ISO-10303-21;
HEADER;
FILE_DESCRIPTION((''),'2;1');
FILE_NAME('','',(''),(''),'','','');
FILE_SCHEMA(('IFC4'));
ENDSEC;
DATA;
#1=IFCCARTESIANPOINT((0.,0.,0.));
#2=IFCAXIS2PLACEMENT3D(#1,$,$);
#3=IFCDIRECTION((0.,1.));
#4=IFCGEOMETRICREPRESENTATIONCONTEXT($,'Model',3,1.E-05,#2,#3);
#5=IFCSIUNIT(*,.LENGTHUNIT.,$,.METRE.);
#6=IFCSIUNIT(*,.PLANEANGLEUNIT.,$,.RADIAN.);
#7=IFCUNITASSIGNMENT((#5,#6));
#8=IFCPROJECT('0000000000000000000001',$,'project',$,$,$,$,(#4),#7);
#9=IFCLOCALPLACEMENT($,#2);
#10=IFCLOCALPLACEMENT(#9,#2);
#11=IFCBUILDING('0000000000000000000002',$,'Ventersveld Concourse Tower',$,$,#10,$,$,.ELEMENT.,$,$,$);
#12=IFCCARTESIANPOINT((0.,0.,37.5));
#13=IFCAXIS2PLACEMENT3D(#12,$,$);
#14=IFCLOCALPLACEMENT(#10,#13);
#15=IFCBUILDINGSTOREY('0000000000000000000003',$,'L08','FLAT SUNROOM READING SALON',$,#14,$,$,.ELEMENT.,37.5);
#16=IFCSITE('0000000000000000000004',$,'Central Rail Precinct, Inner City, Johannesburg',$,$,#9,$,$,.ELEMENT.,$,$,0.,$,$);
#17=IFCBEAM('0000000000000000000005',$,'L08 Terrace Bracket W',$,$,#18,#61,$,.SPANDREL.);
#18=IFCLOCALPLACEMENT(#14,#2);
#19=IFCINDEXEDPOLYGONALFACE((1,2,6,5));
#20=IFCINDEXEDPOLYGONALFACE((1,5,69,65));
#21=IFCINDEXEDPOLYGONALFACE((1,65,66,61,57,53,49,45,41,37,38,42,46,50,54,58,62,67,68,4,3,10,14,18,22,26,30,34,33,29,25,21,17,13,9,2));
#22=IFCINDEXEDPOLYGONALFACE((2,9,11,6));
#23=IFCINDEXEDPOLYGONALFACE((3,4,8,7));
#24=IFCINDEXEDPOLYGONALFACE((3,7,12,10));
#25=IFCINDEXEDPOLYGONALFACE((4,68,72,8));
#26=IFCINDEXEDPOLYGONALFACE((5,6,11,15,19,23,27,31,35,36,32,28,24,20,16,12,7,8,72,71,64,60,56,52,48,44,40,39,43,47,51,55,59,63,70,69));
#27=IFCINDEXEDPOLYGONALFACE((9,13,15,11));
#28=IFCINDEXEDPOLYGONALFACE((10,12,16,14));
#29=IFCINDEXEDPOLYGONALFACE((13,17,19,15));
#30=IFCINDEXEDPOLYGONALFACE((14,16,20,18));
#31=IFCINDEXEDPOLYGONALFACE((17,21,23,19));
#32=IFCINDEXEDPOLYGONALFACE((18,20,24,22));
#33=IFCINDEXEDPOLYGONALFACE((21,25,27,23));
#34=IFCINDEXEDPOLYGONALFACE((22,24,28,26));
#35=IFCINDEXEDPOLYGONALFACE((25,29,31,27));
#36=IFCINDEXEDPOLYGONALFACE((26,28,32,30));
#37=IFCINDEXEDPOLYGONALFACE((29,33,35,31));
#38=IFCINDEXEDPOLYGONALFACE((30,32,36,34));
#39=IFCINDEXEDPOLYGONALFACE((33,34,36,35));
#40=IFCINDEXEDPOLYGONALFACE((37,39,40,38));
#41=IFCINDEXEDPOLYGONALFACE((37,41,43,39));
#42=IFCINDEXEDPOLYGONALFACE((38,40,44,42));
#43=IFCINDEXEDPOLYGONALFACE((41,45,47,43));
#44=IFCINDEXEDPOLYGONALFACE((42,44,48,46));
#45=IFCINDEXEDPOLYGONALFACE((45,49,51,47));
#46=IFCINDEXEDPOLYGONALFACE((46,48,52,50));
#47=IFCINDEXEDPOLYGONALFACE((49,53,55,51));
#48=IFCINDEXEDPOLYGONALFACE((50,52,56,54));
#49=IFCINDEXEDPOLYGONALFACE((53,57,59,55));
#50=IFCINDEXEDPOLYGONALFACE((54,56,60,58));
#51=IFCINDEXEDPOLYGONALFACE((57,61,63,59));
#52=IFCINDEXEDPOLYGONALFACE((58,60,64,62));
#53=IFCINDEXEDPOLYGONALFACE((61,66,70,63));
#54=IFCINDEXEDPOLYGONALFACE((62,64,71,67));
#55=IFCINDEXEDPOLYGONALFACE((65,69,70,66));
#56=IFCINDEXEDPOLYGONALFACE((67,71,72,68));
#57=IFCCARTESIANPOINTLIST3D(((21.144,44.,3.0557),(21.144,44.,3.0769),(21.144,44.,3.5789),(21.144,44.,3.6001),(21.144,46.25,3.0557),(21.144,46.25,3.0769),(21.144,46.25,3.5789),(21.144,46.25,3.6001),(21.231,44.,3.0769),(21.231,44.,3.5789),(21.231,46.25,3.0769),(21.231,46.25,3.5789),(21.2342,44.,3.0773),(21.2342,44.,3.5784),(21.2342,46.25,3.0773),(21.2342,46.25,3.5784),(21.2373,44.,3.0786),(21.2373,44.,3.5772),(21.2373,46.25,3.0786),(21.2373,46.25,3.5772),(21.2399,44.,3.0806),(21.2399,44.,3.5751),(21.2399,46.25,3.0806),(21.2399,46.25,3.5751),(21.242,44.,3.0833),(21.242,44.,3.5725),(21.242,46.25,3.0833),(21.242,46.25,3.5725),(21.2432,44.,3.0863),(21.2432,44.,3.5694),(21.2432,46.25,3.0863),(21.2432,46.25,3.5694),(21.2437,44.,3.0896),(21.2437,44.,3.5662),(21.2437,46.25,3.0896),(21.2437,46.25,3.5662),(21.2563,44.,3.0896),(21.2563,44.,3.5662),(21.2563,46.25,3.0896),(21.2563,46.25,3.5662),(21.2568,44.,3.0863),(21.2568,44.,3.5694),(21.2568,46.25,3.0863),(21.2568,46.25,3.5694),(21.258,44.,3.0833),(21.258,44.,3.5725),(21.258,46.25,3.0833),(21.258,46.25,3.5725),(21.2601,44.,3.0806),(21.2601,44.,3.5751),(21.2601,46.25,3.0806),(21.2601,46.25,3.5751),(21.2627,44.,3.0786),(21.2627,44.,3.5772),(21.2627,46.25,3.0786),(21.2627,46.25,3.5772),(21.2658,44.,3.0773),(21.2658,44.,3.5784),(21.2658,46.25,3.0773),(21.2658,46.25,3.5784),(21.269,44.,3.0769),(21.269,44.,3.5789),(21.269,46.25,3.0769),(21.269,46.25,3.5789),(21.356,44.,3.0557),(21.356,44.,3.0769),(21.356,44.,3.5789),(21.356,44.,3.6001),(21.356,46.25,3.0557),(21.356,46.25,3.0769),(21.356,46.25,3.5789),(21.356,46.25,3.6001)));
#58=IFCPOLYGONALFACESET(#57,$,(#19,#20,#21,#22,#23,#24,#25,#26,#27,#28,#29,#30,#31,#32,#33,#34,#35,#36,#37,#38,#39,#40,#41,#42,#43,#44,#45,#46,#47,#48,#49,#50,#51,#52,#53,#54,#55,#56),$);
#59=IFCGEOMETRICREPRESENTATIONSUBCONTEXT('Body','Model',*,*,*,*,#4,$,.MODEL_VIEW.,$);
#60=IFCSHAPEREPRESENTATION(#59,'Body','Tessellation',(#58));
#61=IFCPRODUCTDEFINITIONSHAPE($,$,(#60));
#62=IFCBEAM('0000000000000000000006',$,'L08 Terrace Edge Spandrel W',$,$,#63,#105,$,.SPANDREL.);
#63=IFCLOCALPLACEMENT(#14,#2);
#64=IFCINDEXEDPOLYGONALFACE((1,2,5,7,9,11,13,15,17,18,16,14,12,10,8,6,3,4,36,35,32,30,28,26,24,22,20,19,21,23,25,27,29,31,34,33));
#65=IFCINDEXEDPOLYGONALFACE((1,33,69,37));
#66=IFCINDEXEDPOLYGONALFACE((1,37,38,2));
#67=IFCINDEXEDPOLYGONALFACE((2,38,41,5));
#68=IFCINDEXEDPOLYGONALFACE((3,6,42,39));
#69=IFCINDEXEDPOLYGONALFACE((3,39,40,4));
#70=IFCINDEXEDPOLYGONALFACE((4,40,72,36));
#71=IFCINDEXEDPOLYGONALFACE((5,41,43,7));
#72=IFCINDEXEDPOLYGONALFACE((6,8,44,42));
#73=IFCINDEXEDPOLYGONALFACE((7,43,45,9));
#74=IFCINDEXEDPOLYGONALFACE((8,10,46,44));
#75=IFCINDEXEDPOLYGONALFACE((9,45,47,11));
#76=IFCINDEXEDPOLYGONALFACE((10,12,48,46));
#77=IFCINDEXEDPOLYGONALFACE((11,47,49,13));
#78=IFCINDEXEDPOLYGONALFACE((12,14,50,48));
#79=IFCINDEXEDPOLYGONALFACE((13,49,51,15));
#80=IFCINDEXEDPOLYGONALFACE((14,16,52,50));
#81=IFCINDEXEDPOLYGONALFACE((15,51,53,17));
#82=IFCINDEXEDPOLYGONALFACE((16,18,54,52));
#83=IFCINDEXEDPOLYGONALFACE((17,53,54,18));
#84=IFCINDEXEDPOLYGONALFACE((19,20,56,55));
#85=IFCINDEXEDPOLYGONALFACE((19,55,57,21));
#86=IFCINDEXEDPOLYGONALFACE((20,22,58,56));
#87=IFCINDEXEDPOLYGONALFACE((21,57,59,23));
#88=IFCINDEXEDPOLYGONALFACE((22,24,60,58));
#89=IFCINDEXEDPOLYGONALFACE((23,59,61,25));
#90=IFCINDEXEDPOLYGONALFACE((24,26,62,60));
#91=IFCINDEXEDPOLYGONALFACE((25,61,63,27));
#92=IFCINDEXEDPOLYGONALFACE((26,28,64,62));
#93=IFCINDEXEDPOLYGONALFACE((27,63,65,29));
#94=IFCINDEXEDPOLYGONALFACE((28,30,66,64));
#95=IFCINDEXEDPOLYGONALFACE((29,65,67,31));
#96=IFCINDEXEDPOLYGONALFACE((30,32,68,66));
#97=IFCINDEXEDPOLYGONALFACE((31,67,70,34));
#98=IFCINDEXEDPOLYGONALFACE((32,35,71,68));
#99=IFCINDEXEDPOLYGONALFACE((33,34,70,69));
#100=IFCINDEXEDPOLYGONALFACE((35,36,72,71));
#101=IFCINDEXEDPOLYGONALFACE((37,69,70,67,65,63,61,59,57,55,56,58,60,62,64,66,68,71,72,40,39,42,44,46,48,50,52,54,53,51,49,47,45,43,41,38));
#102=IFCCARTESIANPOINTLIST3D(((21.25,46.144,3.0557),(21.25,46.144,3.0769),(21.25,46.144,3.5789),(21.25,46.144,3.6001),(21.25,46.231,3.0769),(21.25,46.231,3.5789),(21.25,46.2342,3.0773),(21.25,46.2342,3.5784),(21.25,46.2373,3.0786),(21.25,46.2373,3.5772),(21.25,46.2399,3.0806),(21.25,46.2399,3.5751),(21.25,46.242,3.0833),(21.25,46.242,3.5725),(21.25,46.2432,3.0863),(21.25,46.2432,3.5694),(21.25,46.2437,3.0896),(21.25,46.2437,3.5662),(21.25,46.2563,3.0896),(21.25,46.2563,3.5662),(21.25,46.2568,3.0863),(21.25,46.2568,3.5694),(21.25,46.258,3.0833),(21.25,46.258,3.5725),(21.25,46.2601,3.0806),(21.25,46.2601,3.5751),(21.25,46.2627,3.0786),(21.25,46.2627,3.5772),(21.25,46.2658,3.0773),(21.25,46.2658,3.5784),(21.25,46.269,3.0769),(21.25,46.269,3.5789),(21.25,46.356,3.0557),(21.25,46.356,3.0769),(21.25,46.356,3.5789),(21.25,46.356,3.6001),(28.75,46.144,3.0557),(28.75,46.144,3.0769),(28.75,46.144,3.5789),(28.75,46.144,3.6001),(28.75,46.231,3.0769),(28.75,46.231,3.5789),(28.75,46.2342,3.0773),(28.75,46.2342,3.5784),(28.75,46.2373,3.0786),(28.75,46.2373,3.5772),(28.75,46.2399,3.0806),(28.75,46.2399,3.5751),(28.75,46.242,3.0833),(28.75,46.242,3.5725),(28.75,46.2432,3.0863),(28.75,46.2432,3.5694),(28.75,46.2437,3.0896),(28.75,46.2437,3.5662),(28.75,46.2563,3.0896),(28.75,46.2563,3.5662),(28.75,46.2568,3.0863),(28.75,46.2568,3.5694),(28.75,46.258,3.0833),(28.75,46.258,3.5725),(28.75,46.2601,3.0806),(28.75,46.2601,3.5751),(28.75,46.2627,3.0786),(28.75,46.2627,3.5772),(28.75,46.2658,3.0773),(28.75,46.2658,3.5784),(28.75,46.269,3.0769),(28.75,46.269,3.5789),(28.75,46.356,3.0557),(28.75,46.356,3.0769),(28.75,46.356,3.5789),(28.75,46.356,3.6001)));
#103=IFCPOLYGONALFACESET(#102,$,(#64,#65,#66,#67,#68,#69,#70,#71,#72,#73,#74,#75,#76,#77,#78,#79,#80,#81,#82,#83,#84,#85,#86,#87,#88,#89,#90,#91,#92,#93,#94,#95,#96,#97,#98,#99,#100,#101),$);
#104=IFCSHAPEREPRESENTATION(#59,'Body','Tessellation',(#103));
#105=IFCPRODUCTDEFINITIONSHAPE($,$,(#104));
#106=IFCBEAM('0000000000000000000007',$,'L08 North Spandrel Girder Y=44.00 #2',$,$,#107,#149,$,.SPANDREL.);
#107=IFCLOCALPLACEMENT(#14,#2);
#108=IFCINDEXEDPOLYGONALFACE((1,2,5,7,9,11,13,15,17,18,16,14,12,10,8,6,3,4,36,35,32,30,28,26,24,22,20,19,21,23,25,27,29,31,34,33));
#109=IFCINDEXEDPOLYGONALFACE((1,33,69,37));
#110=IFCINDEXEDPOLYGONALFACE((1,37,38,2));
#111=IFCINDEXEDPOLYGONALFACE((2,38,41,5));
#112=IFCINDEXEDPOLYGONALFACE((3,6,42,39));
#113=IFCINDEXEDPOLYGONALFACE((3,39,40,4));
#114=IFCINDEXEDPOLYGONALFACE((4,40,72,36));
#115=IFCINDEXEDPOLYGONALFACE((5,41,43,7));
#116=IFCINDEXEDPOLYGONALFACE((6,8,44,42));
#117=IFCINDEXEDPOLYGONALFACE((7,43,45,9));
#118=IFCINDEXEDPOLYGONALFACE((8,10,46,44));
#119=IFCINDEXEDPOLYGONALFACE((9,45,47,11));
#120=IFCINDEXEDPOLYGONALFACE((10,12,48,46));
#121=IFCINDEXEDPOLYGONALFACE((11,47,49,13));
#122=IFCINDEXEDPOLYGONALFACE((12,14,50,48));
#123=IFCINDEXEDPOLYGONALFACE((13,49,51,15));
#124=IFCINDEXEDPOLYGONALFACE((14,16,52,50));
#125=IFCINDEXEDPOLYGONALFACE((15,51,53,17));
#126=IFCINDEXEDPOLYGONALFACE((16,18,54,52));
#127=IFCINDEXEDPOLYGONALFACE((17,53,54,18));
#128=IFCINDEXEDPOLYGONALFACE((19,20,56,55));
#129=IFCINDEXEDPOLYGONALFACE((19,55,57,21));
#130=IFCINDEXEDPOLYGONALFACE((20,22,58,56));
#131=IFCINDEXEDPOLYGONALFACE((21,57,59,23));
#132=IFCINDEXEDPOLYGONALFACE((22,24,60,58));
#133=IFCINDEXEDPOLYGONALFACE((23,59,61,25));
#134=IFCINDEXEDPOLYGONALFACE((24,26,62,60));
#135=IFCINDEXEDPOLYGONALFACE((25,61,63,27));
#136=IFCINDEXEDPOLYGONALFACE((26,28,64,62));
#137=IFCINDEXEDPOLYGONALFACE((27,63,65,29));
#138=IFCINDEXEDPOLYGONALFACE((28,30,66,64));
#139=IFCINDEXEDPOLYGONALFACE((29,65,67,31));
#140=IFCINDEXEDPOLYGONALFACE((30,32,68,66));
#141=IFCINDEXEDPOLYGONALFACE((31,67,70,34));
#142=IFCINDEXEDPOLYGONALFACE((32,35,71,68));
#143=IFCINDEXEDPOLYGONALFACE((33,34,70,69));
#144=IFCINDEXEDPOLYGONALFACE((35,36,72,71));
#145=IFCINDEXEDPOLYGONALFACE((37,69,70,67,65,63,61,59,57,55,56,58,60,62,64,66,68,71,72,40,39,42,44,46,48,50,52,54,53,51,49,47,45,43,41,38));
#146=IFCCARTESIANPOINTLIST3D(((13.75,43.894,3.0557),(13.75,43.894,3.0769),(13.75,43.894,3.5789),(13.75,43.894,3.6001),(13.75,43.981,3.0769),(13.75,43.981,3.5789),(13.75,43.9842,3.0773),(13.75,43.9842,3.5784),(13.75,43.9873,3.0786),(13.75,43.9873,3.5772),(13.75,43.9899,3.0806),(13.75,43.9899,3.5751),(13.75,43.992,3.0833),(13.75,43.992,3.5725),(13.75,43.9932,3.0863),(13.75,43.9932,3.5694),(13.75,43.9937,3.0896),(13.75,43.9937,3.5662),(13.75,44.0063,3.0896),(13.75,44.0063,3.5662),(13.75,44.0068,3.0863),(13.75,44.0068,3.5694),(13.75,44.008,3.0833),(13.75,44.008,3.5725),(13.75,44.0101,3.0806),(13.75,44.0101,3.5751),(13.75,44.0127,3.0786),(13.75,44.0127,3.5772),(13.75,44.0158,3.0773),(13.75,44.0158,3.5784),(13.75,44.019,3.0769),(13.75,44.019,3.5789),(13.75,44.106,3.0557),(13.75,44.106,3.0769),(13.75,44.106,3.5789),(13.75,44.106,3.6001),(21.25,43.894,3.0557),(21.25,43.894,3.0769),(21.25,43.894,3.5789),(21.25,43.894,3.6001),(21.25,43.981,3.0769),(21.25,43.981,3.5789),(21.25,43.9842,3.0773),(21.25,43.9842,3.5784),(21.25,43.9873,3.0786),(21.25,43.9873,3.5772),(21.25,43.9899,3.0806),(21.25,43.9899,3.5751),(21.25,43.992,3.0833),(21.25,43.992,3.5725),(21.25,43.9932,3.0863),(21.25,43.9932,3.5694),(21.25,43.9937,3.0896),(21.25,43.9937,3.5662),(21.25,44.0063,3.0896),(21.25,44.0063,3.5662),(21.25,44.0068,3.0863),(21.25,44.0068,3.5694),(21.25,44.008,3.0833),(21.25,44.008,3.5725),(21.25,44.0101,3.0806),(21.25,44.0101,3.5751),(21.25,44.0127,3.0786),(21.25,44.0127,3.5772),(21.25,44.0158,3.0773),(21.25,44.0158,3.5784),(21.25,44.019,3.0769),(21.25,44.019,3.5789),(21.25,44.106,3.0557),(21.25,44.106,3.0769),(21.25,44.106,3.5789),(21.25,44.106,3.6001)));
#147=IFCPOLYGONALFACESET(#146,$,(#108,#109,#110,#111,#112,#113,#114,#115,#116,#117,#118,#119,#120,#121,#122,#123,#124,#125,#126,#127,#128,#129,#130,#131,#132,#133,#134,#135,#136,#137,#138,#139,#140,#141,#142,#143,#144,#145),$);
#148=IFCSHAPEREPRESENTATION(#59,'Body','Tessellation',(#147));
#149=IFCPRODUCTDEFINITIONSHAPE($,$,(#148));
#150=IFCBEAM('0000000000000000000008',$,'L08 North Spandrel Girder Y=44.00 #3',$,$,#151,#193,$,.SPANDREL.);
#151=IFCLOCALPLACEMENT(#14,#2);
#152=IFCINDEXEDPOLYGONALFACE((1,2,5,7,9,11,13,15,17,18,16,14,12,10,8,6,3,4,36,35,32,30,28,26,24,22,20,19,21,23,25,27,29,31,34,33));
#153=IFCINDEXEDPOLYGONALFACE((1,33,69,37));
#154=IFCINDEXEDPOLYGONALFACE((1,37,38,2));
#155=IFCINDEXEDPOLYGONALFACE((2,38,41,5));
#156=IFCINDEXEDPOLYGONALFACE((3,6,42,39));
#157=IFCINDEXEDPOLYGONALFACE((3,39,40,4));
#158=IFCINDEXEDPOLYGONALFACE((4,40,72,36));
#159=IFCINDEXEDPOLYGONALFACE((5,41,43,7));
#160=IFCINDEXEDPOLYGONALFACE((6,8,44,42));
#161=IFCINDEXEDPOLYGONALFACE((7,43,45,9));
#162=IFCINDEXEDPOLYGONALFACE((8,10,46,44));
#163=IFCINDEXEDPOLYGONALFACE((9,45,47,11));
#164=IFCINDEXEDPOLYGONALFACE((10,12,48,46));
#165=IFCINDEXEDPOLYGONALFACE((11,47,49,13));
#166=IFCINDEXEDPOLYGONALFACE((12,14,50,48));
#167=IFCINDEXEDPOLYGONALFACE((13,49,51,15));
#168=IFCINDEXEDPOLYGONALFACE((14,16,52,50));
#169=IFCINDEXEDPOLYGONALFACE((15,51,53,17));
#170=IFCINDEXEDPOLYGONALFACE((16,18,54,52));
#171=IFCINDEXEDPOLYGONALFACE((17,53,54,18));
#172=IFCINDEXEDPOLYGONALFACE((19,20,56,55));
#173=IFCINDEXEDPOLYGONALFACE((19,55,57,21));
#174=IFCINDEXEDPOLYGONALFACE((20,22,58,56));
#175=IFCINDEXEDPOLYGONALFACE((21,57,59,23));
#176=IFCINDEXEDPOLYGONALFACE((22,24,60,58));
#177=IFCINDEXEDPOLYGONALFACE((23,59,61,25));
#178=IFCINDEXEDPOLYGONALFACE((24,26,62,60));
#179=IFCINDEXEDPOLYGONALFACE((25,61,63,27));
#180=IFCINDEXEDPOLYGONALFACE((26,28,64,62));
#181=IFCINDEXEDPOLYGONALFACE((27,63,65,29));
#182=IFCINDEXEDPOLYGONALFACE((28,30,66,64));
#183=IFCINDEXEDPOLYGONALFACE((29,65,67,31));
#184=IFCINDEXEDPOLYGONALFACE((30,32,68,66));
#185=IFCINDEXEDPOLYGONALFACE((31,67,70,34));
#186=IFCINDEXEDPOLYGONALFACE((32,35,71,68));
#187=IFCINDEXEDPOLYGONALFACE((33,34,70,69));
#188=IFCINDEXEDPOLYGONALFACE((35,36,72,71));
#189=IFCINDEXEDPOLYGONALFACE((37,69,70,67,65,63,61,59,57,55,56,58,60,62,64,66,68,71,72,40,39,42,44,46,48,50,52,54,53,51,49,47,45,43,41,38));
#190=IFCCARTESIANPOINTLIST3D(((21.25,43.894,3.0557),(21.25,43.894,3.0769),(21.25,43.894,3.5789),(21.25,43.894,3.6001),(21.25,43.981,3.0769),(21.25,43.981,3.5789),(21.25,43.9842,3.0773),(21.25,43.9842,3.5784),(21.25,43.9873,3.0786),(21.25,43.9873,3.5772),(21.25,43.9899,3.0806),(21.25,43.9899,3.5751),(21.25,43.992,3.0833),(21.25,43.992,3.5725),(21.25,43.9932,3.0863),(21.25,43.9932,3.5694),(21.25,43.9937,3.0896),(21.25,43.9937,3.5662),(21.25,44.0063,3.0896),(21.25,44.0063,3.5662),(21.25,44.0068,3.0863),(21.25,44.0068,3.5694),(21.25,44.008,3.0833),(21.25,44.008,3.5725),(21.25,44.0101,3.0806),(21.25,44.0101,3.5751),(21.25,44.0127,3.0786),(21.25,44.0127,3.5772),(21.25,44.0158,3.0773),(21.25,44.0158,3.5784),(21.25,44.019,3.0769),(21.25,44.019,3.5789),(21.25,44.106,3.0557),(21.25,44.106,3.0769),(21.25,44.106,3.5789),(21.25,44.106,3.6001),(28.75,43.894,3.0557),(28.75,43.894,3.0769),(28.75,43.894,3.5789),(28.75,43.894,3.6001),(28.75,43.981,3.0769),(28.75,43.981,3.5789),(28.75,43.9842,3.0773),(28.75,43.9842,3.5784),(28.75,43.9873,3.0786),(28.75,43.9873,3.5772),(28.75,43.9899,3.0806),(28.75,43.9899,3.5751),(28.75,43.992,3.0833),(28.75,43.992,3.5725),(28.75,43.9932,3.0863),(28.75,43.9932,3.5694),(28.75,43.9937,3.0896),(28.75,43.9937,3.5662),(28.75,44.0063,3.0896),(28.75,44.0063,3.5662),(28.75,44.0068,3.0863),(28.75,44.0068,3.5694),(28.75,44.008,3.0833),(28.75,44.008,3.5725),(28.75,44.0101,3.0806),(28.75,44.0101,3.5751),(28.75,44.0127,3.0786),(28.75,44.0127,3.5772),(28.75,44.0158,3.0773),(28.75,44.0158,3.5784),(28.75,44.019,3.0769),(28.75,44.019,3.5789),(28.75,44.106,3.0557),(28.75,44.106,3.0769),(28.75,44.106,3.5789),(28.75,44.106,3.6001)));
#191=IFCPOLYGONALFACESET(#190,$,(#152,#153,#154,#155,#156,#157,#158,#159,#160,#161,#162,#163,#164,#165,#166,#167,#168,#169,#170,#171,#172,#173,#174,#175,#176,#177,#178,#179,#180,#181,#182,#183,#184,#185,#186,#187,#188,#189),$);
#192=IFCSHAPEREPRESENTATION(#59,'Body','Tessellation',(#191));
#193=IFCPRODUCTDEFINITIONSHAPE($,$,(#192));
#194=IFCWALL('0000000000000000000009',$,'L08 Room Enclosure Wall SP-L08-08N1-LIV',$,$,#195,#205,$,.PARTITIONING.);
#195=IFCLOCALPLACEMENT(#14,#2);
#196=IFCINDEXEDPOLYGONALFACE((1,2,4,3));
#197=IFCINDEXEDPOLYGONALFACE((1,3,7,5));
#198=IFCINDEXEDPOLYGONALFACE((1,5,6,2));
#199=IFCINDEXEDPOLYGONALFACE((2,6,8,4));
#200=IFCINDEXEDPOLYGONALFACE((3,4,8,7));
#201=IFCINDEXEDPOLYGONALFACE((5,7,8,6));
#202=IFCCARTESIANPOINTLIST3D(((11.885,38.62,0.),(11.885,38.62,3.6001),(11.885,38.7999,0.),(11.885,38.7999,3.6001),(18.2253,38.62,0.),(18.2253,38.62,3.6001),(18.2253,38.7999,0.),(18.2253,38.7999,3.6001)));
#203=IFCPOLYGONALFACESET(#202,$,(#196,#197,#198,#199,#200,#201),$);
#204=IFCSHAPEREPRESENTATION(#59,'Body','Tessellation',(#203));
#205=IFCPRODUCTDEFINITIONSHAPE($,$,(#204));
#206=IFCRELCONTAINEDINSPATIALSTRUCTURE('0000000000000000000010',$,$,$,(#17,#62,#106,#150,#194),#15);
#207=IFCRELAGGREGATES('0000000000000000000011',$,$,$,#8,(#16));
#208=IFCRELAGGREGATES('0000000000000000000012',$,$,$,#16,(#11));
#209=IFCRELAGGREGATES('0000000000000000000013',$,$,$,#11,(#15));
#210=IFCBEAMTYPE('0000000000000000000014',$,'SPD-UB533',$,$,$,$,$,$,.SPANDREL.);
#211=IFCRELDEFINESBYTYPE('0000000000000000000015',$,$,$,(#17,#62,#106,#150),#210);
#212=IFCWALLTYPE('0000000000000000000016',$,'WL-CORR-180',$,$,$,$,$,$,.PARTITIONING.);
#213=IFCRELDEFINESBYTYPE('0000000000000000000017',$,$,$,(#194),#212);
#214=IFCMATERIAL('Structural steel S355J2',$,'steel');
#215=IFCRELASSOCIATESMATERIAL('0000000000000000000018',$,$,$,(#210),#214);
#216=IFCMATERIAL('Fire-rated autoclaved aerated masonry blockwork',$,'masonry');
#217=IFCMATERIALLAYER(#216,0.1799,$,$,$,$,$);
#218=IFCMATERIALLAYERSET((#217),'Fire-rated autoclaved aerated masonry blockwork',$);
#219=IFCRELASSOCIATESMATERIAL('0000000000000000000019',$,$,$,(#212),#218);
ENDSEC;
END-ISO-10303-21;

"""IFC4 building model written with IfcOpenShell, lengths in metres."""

from ifc_helpers import new_model, si_unit, direction, frame, frame_2d, origin, origin_2d, place, context, subcontext, project, spatial, rectangle, i_section, extrude, material, layer, layer_set, material_profile, profile_set, type_object, element, save


model = new_model("IFC4")

# Units and contexts
model_context = context("Model", 3, precision=1e-05, world=origin(), true_north=direction((0.0, 1.0)))
body_context = subcontext(model_context, "Body", "Model", "MODEL_VIEW")
ifc_project = project(units=[si_unit("LENGTHUNIT", "METRE"), si_unit("PLANEANGLEUNIT", "RADIAN")], contexts=[model_context])

# Site, building, storey
site_placement = place(None, origin())
site = spatial("IfcSite", under=ifc_project, at=site_placement, Name="Central Rail Precinct, Inner City, Johannesburg", CompositionType="ELEMENT", RefElevation=0.0)
building_placement = place(site_placement, origin())
building = spatial("IfcBuilding", under=site, at=building_placement, Name="Ventersveld Concourse Tower", CompositionType="ELEMENT")
storey_placement = place(building_placement, frame((0.0, 0.0, 37.5)))
storey = spatial("IfcBuildingStorey", under=building, at=storey_placement, Name="L08", Description="FLAT SUNROOM READING SALON", CompositionType="ELEMENT", Elevation=37.5)

# Shared definitions
ifc_material_1 = material(Name="Structural steel S355J2", Category="steel")

# Beams
ifc_material_profile_1 = material_profile(ifc_material_1, i_section(OverallWidth=0.2119, OverallDepth=0.5444, WebThickness=0.0127, FlangeThickness=0.0212, FilletRadius=0.0127, at=origin_2d()), Name="UB 533x210x122")
ifc_profile_set_1 = profile_set([ifc_material_profile_1], Name="Structural steel S355J2")
beam_type_1 = type_object("IfcBeamType", Name="SPD-UB533", PredefinedType="SPANDREL", material=ifc_profile_set_1)
beam_1_placement = place(storey_placement, frame((21.25, 44.0, 3.3279), z_axis=(0.0, 1.0, 0.0), x_axis=(-1.0, 0.0, 0.0)))
element("IfcBeam", 1, at=beam_1_placement, inside=storey, type_object=beam_type_1, Name="L08 Terrace Bracket W", PredefinedType="SPANDREL", context=body_context, shape_type="SweptSolid", body=[
    extrude(i_section(OverallWidth=0.2119, OverallDepth=0.5444, WebThickness=0.0127, FlangeThickness=0.0212, FilletRadius=0.0127, at=origin_2d()), origin(), (0.0, 0.0, 1.0), 2.25),
])
for number, where, z_axis, x_axis, name in (
    (2, (21.25, 46.25, 3.3279), (1.0, 0.0, 0.0), (0.0, 1.0, 0.0), "L08 Terrace Edge Spandrel W"),
    (3, (13.75, 44.0, 3.3279), (1.0, 0.0, 0.0), (0.0, 1.0, 0.0), "L08 North Spandrel Girder Y=44.00 #2"),
    (4, (21.25, 44.0, 3.3279), (1.0, 0.0, 0.0), (0.0, 1.0, 0.0), "L08 North Spandrel Girder Y=44.00 #3"),
):
    element("IfcBeam", number, at=place(storey_placement, frame(where, z_axis=z_axis, x_axis=x_axis)), inside=storey, type_object=beam_type_1, Name=name, PredefinedType="SPANDREL", context=body_context, shape_type="SweptSolid", body=[
        extrude(i_section(OverallWidth=0.2119, OverallDepth=0.5444, WebThickness=0.0127, FlangeThickness=0.0212, FilletRadius=0.0127, at=origin_2d()), origin(), (0.0, 0.0, 1.0), 7.5),
    ])

# Wall
ifc_material_2 = material(Name="Fire-rated autoclaved aerated masonry blockwork", Category="masonry")
ifc_layer_1 = layer(ifc_material_2, 0.1799)
ifc_layer_set_1 = layer_set([ifc_layer_1], Name="Fire-rated autoclaved aerated masonry blockwork")
wall_type_1 = type_object("IfcWallType", Name="WL-CORR-180", PredefinedType="PARTITIONING", material=ifc_layer_set_1)
wall_1_placement = place(storey_placement, frame((18.2253, 38.71, 0.0), z_axis=(0.0, 0.0, 1.0), x_axis=(-1.0, 0.0, 0.0)))
element("IfcWall", 5, at=wall_1_placement, inside=storey, type_object=wall_type_1, Name="L08 Room Enclosure Wall SP-L08-08N1-LIV", PredefinedType="PARTITIONING", context=body_context, shape_type="SweptSolid", body=[
    extrude(rectangle(XDim=6.3403, YDim=0.1799, at=frame_2d((3.1702, 0.0))), origin(), (0.0, 0.0, 1.0), 3.6001),
])

save(model, "model.ifc")
